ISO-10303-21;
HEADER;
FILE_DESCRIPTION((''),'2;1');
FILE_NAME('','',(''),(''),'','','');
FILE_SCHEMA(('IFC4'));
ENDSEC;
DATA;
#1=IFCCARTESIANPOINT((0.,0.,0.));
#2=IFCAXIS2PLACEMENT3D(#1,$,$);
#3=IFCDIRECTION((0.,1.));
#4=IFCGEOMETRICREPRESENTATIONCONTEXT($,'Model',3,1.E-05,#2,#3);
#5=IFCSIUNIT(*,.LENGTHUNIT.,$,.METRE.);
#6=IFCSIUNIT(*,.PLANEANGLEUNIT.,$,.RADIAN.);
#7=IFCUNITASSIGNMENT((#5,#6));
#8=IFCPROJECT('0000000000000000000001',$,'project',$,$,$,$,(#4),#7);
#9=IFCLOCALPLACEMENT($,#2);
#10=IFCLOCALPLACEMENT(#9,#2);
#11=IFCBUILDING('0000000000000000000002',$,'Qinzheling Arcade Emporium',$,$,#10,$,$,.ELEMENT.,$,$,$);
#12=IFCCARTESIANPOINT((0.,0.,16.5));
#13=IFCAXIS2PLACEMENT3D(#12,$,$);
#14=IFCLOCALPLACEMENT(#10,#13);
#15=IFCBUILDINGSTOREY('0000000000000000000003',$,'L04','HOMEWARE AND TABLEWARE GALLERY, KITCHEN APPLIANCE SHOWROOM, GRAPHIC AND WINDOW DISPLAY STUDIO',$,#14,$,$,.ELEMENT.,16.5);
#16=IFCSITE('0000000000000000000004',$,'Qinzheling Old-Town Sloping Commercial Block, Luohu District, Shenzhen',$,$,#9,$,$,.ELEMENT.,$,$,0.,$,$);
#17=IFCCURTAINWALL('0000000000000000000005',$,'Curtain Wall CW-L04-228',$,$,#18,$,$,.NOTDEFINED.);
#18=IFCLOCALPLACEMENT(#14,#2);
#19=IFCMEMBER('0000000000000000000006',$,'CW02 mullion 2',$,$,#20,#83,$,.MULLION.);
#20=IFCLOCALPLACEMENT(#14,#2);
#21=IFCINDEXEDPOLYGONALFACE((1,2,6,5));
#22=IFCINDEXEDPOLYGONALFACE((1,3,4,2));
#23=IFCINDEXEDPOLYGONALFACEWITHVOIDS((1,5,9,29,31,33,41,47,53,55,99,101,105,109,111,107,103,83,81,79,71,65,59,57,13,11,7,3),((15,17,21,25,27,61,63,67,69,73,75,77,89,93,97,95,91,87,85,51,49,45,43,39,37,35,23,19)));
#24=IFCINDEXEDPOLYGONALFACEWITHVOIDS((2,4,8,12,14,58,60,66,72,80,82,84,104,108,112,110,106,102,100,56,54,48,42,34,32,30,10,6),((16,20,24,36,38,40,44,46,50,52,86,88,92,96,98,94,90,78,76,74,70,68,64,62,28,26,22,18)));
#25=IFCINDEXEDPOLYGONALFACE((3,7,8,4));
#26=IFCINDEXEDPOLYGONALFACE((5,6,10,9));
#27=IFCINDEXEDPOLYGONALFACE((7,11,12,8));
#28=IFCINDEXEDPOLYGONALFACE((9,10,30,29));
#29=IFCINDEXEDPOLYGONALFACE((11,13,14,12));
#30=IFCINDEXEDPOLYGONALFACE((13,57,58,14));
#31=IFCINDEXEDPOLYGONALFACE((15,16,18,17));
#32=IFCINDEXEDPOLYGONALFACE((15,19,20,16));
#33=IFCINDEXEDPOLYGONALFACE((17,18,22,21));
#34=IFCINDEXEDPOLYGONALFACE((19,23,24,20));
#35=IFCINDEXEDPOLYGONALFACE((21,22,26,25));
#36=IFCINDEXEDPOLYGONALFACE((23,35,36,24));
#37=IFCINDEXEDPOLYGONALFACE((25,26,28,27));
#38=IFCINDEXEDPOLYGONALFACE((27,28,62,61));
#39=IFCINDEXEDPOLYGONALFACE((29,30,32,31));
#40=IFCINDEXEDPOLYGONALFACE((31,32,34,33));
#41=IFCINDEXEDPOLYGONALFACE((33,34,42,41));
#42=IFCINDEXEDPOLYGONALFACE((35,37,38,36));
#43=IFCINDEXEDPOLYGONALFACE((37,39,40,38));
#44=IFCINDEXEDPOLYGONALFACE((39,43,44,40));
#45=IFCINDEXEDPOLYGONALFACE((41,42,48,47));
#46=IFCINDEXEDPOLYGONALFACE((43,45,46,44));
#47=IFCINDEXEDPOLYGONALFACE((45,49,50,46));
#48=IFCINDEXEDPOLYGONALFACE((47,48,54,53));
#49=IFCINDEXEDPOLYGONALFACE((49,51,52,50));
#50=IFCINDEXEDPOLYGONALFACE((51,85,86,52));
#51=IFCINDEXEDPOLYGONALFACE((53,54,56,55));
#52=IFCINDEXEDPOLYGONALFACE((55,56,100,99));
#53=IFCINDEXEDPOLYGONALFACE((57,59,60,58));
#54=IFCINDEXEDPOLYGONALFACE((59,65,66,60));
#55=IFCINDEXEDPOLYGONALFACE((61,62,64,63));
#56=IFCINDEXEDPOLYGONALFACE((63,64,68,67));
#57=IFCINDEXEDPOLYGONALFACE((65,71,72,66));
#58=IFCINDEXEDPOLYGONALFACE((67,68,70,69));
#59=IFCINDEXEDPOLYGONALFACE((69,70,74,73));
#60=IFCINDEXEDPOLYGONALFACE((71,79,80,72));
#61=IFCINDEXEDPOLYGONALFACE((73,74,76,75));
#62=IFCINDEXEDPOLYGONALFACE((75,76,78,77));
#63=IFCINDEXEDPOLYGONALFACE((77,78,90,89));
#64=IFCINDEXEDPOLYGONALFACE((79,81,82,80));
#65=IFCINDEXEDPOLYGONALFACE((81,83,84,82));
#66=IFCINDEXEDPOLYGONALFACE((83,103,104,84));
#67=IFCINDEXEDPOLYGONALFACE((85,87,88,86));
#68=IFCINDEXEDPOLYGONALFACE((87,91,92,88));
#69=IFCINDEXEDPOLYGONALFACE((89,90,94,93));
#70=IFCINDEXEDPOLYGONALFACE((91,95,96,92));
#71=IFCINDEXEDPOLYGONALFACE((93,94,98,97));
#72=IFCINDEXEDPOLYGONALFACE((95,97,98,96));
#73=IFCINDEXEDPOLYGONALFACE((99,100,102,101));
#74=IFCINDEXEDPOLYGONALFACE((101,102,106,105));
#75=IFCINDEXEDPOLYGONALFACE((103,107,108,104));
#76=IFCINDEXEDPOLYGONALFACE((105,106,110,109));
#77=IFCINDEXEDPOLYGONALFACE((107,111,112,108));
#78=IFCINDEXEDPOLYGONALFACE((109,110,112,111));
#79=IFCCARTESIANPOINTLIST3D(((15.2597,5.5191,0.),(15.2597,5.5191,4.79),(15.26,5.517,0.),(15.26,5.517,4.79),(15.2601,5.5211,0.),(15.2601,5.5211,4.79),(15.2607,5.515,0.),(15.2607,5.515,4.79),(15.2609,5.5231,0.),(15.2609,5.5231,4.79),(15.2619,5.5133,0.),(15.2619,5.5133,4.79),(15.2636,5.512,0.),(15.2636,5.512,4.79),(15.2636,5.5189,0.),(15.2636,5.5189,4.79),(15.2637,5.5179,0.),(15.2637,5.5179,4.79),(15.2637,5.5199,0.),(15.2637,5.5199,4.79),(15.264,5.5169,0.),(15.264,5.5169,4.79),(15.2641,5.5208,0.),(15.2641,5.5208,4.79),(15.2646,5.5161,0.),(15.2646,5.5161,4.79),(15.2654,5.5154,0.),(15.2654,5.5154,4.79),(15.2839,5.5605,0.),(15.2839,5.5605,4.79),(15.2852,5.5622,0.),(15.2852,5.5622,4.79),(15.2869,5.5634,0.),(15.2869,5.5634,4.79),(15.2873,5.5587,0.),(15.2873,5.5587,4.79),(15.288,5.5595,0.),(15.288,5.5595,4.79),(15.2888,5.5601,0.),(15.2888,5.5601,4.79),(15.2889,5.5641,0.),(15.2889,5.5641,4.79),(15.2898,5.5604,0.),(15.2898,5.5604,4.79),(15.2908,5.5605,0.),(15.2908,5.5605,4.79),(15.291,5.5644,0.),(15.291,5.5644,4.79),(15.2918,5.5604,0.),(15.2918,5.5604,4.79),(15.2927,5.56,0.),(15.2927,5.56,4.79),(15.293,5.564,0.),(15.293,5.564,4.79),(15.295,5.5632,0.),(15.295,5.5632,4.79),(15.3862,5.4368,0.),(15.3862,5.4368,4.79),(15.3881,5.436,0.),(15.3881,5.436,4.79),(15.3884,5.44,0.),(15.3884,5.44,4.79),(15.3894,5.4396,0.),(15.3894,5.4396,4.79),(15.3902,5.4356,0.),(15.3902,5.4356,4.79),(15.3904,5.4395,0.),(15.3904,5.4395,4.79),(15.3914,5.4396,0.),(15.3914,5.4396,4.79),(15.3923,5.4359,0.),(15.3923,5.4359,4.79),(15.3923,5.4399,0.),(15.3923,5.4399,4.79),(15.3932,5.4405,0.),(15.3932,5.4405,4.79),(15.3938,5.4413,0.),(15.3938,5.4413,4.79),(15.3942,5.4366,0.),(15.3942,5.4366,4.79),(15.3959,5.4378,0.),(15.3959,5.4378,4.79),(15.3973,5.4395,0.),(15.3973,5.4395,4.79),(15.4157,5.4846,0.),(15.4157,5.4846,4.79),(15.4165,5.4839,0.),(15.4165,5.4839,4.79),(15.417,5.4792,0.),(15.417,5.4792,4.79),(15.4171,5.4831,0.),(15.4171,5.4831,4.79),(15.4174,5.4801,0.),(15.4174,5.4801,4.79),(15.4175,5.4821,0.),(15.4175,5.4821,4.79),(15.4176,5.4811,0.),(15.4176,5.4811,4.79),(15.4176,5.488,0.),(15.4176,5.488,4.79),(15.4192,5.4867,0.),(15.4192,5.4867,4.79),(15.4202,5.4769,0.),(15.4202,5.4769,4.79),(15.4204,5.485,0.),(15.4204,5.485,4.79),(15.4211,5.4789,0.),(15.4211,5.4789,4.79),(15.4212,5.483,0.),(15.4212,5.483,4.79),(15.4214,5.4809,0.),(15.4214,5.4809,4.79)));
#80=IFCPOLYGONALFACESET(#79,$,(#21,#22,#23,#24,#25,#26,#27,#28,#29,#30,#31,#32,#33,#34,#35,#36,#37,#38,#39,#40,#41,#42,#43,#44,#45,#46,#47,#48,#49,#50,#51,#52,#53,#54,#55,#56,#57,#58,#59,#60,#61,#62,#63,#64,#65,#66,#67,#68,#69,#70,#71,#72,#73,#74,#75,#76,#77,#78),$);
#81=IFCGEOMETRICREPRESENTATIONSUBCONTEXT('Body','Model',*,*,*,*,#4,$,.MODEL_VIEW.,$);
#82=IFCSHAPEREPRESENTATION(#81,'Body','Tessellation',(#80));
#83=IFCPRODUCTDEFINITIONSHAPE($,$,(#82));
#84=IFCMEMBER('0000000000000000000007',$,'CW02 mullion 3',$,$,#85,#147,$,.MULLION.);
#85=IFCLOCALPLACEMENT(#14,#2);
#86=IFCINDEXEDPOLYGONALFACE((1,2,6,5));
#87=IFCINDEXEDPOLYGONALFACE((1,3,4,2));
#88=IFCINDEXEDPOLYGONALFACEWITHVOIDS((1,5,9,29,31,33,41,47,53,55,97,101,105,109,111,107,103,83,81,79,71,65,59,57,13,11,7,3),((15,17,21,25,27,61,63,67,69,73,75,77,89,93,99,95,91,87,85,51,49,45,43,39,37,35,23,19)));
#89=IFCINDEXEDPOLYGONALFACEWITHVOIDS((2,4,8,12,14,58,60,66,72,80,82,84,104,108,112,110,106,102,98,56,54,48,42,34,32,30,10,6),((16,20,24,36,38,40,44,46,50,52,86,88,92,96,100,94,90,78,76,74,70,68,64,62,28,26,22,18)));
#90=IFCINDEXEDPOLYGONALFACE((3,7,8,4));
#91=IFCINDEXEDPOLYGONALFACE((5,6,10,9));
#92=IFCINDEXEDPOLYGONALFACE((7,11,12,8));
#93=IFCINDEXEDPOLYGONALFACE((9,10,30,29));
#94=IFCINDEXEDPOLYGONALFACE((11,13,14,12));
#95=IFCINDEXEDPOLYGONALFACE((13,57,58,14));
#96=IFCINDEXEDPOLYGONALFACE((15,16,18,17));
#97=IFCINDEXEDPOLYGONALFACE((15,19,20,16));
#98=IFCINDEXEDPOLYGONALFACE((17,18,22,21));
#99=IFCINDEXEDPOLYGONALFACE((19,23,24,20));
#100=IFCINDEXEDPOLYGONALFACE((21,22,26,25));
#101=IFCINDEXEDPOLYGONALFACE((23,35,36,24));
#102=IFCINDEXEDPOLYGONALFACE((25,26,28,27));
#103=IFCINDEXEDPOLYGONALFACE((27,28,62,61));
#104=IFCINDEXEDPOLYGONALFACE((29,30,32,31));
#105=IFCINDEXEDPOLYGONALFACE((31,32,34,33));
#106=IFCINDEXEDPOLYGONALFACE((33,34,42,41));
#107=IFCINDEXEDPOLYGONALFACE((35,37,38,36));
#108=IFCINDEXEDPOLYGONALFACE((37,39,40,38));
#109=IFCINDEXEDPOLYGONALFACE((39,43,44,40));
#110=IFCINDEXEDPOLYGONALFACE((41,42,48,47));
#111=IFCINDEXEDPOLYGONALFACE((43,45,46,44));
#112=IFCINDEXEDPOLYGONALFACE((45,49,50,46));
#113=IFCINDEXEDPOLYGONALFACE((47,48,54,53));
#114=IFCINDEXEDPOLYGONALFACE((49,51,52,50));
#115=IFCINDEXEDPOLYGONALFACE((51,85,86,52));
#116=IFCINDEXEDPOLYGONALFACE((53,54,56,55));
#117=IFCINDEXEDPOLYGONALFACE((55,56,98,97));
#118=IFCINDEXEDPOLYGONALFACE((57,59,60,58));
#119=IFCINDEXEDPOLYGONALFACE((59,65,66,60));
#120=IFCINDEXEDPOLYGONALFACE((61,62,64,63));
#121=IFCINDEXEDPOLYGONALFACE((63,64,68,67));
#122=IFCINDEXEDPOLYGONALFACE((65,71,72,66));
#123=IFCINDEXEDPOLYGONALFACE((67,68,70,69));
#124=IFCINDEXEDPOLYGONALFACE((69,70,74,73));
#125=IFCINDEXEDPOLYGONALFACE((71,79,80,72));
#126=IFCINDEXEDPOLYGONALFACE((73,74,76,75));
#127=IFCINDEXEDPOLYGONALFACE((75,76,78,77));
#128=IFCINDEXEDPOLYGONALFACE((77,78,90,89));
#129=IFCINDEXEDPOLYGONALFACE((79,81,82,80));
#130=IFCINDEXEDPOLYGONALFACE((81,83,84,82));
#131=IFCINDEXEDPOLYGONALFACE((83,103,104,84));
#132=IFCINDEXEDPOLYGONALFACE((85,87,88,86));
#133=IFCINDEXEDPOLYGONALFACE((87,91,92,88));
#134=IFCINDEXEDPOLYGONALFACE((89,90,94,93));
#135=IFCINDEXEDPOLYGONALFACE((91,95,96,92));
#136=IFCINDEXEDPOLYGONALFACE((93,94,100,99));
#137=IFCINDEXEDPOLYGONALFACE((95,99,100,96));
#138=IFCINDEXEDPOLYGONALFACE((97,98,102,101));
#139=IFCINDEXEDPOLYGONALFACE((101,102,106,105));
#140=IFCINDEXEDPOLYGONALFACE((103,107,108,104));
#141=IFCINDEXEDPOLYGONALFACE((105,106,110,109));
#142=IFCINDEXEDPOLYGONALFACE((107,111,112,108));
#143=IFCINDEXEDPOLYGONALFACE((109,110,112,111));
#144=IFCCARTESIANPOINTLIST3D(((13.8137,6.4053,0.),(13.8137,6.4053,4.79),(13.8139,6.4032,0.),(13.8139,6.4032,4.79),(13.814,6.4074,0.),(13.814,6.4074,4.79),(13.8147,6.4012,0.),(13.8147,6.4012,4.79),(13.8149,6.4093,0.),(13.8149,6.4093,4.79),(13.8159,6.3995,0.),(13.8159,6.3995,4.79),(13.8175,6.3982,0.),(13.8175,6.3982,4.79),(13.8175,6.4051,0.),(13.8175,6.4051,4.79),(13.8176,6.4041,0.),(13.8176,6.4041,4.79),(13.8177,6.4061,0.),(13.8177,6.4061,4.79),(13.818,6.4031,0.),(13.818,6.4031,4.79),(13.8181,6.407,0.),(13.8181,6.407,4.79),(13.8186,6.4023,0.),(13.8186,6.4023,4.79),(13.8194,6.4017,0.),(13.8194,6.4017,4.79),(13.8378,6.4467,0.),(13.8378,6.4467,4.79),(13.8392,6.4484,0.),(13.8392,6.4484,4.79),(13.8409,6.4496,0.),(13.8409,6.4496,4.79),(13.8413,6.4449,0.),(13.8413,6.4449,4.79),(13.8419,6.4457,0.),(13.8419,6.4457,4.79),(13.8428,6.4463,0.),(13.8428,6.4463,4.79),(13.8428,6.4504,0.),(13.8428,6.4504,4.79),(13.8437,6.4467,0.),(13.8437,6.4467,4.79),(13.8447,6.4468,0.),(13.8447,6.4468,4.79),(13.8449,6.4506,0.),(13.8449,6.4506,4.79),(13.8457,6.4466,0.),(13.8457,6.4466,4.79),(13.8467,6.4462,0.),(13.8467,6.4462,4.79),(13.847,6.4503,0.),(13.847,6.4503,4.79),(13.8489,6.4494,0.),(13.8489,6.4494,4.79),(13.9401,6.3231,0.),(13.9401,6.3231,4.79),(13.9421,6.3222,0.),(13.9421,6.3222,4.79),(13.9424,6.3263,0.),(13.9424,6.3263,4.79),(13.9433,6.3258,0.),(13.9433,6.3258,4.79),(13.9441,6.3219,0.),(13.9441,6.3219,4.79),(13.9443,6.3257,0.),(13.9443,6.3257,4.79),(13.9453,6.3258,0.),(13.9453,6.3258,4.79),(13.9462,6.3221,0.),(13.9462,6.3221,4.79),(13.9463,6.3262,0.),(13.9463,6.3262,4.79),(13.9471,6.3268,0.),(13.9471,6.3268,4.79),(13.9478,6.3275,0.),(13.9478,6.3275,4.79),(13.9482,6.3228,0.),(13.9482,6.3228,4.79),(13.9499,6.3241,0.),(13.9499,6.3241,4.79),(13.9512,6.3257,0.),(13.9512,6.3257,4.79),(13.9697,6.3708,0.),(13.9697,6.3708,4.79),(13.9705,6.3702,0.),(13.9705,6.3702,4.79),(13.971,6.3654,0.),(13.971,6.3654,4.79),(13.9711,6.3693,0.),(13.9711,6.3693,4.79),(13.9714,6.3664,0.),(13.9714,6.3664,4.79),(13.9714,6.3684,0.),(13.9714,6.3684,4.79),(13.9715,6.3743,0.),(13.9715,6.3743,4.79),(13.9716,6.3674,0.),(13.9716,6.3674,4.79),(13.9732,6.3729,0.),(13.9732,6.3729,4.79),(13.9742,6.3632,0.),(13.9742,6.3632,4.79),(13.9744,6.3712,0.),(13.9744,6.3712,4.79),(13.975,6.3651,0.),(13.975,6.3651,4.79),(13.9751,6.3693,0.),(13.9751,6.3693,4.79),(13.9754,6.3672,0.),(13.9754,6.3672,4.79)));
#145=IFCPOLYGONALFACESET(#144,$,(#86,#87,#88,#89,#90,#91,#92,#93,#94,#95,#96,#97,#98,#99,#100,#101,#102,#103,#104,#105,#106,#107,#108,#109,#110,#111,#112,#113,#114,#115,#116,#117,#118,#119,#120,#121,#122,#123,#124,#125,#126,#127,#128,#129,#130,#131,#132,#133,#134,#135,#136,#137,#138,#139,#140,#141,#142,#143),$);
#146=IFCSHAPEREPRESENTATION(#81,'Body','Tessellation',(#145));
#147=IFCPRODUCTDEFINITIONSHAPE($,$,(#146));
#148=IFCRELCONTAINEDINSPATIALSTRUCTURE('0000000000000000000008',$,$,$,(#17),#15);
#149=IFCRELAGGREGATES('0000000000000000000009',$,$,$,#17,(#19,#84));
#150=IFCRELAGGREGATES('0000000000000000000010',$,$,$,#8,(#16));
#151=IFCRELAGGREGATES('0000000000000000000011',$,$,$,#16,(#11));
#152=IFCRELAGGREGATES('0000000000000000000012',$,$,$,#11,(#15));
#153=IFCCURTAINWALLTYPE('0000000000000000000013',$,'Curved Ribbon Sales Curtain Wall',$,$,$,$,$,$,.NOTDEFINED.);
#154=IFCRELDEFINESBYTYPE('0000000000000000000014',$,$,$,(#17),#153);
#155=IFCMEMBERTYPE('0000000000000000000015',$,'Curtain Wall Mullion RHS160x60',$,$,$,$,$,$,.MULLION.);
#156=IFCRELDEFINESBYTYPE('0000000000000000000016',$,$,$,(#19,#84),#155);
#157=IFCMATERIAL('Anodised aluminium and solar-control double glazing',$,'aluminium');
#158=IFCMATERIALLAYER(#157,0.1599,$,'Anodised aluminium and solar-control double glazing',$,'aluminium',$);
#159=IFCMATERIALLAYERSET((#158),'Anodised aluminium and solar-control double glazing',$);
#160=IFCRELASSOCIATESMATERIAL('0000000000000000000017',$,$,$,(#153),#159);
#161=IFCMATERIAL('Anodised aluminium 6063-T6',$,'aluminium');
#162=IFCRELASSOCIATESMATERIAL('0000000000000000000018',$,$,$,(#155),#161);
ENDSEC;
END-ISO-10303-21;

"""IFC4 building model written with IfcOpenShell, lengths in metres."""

from ifc_helpers import new_model, si_unit, direction, frame, origin, origin_2d, place, context, subcontext, project, spatial, hollow_rectangle, extrude, material, layer, layer_set, material_profile, profile_set, type_object, element, aggregate, save


model = new_model("IFC4")

# Units and contexts
model_context = context("Model", 3, precision=1e-05, world=origin(), true_north=direction((0.0, 1.0)))
body_context = subcontext(model_context, "Body", "Model", "MODEL_VIEW")
ifc_project = project(units=[si_unit("LENGTHUNIT", "METRE"), si_unit("PLANEANGLEUNIT", "RADIAN")], contexts=[model_context])

# Site, building, storey
site_placement = place(None, origin())
site = spatial("IfcSite", under=ifc_project, at=site_placement, Name="Qinzheling Old-Town Sloping Commercial Block, Luohu District, Shenzhen", CompositionType="ELEMENT", RefElevation=0.0)
building_placement = place(site_placement, origin())
building = spatial("IfcBuilding", under=site, at=building_placement, Name="Qinzheling Arcade Emporium", CompositionType="ELEMENT")
storey_placement = place(building_placement, frame((0.0, 0.0, 16.5)))
storey = spatial("IfcBuildingStorey", under=building, at=storey_placement, Name="L04", Description="HOMEWARE AND TABLEWARE GALLERY, KITCHEN APPLIANCE SHOWROOM, GRAPHIC AND WINDOW DISPLAY STUDIO", CompositionType="ELEMENT", Elevation=16.5)

# Shared definitions
ifc_material_1 = material(Name="Anodised aluminium and solar-control double glazing", Category="aluminium")
ifc_layer_1 = layer(ifc_material_1, 0.1599, Name="Anodised aluminium and solar-control double glazing", Category="aluminium")
ifc_layer_set_1 = layer_set([ifc_layer_1], Name="Anodised aluminium and solar-control double glazing")
curtain_wall_type = type_object("IfcCurtainWallType", Name="Curved Ribbon Sales Curtain Wall", PredefinedType="NOTDEFINED", material=ifc_layer_set_1)
ifc_material_2 = material(Name="Anodised aluminium 6063-T6", Category="aluminium")
ifc_material_profile_1 = material_profile(ifc_material_2, hollow_rectangle(XDim=0.0601, YDim=0.1599, WallThickness=0.0039, InnerFilletRadius=0.0039, OuterFilletRadius=0.0081, at=origin_2d()), Name="RHS 160x60x4", Category="aluminium")
ifc_profile_set_1 = profile_set([ifc_material_profile_1], Name="Anodised aluminium 6063-T6")
member_type_1 = type_object("IfcMemberType", Name="Curtain Wall Mullion RHS160x60", PredefinedType="MULLION", material=ifc_profile_set_1)

# Curtain wall, members
curtain_wall_1_placement = place(storey_placement, origin())
curtain_wall_1 = element("IfcCurtainWall", 1, at=curtain_wall_1_placement, inside=storey, type_object=curtain_wall_type, Name="Curtain Wall CW-L04-228", PredefinedType="NOTDEFINED")
member_1_placement = place(storey_placement, frame((15.3406, 5.5, 0.0), z_axis=(0.0, 0.0, 1.0), x_axis=(-0.52261, -0.852572, 0.0)))
member_1 = element("IfcMember", 2, at=member_1_placement, type_object=member_type_1, Name="CW02 mullion 2", PredefinedType="MULLION", context=body_context, shape_type="SweptSolid", body=[
    extrude(hollow_rectangle(XDim=0.0601, YDim=0.1599, WallThickness=0.0039, InnerFilletRadius=0.0039, OuterFilletRadius=0.0081, at=origin_2d()), origin(), (0.0, 0.0, 1.0), 4.79),
])
member_2_placement = place(storey_placement, frame((13.8945, 6.3862, 0.0), z_axis=(0.0, 0.0, 1.0), x_axis=(-0.52261, -0.852572, 0.0)))
member_2 = element("IfcMember", 3, at=member_2_placement, type_object=member_type_1, Name="CW02 mullion 3", PredefinedType="MULLION", context=body_context, shape_type="SweptSolid", body=[
    extrude(hollow_rectangle(XDim=0.0601, YDim=0.1599, WallThickness=0.0039, InnerFilletRadius=0.0039, OuterFilletRadius=0.0081, at=origin_2d()), origin(), (0.0, 0.0, 1.0), 4.79),
])

aggregate(curtain_wall_1, [member_1, member_2])

save(model, "model.ifc")
